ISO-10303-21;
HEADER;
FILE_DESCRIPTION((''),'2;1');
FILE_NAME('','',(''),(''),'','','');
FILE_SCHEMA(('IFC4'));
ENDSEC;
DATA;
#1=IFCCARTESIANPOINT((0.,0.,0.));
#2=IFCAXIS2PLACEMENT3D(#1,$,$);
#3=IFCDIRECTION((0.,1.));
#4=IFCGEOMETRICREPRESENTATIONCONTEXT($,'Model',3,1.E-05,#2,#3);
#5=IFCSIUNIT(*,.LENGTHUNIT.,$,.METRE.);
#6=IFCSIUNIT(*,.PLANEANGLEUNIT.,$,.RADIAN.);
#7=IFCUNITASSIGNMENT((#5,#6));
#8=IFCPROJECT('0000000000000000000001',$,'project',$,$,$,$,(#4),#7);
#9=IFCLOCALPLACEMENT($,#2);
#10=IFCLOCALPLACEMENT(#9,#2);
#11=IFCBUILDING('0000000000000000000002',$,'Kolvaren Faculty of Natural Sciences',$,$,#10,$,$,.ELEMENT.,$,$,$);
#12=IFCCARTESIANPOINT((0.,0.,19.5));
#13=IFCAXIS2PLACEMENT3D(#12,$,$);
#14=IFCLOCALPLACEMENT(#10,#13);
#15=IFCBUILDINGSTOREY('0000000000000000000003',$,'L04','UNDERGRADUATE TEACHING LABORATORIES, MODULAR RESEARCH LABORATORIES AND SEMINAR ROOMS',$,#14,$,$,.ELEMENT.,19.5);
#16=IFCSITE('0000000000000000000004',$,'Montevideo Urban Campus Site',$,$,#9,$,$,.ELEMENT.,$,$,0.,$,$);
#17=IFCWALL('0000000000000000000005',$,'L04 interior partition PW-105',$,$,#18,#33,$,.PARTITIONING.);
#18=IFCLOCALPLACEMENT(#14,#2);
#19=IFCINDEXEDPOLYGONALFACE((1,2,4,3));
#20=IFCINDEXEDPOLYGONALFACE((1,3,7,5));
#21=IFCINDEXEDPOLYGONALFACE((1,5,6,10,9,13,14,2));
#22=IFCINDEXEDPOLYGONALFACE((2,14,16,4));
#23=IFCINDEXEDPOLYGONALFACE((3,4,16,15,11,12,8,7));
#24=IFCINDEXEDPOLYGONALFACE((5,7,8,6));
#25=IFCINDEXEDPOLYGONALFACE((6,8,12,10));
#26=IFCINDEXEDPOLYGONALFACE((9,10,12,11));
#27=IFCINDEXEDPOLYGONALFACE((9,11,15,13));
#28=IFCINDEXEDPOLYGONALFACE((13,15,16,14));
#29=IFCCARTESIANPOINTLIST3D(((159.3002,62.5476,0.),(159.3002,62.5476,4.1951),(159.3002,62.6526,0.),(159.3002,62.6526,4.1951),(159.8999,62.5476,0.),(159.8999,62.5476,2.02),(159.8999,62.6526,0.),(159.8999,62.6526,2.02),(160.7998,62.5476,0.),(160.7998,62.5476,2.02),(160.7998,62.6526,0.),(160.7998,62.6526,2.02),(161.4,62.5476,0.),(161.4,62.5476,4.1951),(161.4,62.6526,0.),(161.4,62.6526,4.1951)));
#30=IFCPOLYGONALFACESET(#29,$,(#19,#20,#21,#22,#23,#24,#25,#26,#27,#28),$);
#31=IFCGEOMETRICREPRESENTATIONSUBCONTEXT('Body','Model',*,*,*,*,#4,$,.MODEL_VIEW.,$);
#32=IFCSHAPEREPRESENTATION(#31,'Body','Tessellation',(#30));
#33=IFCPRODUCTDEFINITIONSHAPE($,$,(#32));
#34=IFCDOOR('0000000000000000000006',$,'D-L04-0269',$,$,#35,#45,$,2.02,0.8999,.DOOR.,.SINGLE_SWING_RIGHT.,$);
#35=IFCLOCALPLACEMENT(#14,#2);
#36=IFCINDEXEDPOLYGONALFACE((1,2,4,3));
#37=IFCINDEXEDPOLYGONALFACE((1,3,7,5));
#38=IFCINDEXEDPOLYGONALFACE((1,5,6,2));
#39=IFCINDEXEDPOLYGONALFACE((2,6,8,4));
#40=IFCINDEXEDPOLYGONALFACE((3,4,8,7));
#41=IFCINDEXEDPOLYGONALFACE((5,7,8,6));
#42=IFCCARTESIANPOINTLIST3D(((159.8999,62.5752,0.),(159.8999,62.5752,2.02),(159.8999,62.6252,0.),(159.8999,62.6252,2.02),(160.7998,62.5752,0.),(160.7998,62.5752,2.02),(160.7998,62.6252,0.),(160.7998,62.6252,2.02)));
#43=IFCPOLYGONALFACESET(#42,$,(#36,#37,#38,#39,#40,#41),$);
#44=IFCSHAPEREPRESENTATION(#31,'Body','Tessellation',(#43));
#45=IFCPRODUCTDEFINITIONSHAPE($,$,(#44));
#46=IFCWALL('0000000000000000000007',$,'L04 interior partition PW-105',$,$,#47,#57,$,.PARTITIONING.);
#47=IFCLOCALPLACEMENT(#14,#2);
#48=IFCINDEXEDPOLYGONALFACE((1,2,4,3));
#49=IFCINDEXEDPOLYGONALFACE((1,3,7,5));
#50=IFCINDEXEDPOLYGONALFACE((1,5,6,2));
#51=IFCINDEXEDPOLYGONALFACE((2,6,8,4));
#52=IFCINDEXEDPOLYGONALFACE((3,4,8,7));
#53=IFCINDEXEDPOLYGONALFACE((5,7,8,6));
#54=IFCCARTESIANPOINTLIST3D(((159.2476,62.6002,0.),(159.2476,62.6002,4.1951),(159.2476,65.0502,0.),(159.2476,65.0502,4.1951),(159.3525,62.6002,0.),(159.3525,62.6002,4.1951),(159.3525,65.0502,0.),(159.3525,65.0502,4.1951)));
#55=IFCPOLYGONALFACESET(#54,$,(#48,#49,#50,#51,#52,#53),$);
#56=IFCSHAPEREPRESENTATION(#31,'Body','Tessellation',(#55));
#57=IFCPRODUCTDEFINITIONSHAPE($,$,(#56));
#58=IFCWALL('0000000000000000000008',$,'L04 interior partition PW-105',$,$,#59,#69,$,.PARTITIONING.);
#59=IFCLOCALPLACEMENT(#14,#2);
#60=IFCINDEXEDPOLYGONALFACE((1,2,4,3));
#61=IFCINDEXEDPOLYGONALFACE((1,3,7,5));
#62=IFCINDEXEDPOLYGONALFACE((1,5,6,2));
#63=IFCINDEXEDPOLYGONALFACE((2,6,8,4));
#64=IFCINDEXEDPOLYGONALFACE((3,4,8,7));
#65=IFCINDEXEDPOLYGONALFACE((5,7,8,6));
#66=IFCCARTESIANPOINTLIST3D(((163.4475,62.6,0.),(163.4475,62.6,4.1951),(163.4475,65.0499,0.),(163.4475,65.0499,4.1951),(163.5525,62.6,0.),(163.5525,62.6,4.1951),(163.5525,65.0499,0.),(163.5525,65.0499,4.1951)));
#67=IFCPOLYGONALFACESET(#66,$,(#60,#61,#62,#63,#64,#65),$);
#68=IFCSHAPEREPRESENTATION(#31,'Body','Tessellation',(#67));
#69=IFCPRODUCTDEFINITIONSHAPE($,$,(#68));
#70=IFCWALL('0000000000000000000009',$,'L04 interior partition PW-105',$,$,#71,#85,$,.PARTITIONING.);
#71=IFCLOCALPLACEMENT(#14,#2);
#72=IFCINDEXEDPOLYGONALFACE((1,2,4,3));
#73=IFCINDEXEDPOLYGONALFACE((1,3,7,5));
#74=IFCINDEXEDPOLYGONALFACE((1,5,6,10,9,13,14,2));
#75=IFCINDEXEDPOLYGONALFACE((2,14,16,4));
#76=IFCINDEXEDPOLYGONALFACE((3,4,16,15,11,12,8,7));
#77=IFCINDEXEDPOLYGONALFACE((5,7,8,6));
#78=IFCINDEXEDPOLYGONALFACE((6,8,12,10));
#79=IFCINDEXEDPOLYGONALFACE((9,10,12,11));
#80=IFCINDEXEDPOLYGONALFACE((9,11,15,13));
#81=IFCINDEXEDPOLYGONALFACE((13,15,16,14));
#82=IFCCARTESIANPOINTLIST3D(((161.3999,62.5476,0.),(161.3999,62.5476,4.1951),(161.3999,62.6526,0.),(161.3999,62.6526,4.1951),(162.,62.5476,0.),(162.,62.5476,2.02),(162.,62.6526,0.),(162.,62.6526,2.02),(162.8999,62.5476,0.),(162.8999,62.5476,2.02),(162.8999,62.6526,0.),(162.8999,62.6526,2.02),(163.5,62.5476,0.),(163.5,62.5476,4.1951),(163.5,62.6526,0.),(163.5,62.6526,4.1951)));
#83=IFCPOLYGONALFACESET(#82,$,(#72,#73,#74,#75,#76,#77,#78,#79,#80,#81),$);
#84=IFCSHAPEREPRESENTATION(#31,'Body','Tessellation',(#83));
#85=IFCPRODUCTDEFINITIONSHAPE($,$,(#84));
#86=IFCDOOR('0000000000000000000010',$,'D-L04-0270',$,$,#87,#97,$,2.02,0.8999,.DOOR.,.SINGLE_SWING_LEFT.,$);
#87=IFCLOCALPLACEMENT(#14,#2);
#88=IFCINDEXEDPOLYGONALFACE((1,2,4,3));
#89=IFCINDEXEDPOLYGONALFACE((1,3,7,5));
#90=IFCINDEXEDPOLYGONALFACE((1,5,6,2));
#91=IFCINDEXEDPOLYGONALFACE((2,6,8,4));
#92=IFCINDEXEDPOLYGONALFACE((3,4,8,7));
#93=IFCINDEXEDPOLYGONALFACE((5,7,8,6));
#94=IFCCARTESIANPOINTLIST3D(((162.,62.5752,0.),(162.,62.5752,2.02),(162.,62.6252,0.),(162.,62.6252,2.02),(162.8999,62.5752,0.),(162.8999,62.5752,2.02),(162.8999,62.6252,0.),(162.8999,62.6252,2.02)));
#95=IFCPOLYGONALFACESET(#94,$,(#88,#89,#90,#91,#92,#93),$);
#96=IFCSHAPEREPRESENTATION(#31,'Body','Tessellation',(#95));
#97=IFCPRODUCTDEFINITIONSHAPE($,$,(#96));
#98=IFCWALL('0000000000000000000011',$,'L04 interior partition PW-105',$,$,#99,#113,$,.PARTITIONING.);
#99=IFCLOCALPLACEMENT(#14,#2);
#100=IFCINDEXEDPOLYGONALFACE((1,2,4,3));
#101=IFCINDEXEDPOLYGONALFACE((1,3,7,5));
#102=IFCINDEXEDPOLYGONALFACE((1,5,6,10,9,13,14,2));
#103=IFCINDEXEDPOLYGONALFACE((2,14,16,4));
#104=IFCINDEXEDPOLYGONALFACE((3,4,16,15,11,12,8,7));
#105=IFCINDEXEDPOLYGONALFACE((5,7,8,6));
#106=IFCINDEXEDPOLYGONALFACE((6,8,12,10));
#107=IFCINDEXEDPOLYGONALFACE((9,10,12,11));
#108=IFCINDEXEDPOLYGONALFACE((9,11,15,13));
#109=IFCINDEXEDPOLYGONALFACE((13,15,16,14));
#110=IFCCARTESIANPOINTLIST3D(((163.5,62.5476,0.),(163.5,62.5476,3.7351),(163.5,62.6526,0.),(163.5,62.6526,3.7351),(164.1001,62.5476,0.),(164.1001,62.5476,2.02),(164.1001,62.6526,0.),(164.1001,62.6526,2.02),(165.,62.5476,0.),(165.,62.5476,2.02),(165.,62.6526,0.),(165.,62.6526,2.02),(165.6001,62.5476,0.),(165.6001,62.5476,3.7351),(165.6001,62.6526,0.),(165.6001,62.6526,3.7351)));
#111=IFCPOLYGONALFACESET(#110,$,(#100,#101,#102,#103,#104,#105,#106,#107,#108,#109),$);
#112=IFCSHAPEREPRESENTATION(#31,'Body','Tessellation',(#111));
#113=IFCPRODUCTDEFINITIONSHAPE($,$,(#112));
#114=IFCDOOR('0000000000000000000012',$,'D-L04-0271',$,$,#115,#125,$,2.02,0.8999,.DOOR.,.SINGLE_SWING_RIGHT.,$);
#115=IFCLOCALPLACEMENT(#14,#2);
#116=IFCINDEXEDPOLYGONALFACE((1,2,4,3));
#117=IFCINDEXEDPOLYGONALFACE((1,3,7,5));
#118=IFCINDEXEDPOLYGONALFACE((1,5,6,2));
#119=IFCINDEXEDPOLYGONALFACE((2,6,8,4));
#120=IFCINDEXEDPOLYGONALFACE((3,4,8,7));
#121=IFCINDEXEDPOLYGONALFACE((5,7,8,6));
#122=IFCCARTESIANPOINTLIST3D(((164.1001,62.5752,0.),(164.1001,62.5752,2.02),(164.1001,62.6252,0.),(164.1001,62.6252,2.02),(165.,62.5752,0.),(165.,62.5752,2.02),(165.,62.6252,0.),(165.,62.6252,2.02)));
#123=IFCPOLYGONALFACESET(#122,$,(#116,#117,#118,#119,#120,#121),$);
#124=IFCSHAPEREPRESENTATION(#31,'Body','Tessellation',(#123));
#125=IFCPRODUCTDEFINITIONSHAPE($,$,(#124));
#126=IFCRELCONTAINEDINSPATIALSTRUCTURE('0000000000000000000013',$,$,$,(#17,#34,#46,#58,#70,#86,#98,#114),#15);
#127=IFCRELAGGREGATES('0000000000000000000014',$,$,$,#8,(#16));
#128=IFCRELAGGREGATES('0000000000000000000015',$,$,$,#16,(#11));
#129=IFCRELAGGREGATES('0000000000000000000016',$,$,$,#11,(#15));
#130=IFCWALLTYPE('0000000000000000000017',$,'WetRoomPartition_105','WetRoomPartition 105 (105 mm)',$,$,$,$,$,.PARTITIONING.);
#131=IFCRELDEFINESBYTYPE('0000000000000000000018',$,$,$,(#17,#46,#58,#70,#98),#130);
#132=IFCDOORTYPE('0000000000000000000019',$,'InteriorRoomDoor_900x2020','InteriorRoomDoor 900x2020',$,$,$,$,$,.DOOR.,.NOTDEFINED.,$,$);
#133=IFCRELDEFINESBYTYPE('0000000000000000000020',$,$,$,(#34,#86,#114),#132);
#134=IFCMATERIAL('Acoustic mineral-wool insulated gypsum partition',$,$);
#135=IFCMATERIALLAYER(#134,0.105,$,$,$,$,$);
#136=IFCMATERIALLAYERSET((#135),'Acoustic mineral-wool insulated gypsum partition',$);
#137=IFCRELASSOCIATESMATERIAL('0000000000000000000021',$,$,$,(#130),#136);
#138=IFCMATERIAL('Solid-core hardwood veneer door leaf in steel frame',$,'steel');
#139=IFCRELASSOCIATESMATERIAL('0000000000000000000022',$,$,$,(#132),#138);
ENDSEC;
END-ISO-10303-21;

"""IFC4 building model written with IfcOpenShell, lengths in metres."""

from ifc_helpers import new_model, si_unit, direction, frame, frame_2d, origin, place, context, subcontext, project, spatial, rectangle, extrude, material, layer, layer_set, type_object, element, fill, save


model = new_model("IFC4")

# Units and contexts
model_context = context("Model", 3, precision=1e-05, world=origin(), true_north=direction((0.0, 1.0)))
body_context = subcontext(model_context, "Body", "Model", "MODEL_VIEW")
ifc_project = project(units=[si_unit("LENGTHUNIT", "METRE"), si_unit("PLANEANGLEUNIT", "RADIAN")], contexts=[model_context])

# Site, building, storey
site_placement = place(None, origin())
site = spatial("IfcSite", under=ifc_project, at=site_placement, Name="Montevideo Urban Campus Site", CompositionType="ELEMENT", RefElevation=0.0)
building_placement = place(site_placement, origin())
building = spatial("IfcBuilding", under=site, at=building_placement, Name="Kolvaren Faculty of Natural Sciences", CompositionType="ELEMENT")
storey_placement = place(building_placement, frame((0.0, 0.0, 19.5)))
storey = spatial("IfcBuildingStorey", under=building, at=storey_placement, Name="L04", Description="UNDERGRADUATE TEACHING LABORATORIES, MODULAR RESEARCH LABORATORIES AND SEMINAR ROOMS", CompositionType="ELEMENT", Elevation=19.5)

# Shared definitions
ifc_material_1 = material(Name="Acoustic mineral-wool insulated gypsum partition")
ifc_material_2 = material(Name="Solid-core hardwood veneer door leaf in steel frame", Category="steel")

# Shared definitions
ifc_layer_1 = layer(ifc_material_1, 0.105)
ifc_layer_set_1 = layer_set([ifc_layer_1], Name="Acoustic mineral-wool insulated gypsum partition")
wall_type_1 = type_object("IfcWallType", Name="WetRoomPartition_105", Description="WetRoomPartition 105 (105 mm)", PredefinedType="PARTITIONING", material=ifc_layer_set_1)

# Wall, opening, door
wall_1_placement = place(storey_placement, frame((161.3999, 62.6001, 0.0), z_axis=(0.0, 0.0, 1.0), x_axis=(-1.0, 0.0, 0.0)))
wall_1 = element("IfcWall", 1, at=wall_1_placement, inside=storey, type_object=wall_type_1, Name="L04 interior partition PW-105", PredefinedType="PARTITIONING", context=body_context, shape_type="SweptSolid", body=[
    extrude(rectangle(XDim=2.0999, YDim=0.105, at=frame_2d((1.0498, 0.0))), origin(), (0.0, 0.0, 1.0), 4.1951),
])
opening_1_placement = place(wall_1_placement, frame((0.6001, 0.0, 0.0)))
opening_1 = element("IfcOpeningElement", 2, at=opening_1_placement, cuts=wall_1, PredefinedType="OPENING", context=body_context, shape_type="SweptSolid", body=[
    extrude(rectangle(XDim=0.8999, YDim=2.02, at=frame_2d((0.45, 1.01))), frame((0.0, 0.0625, 0.0), z_axis=(0.0, -1.0, 0.0), x_axis=(1.0, 0.0, 0.0)), (0.0, 0.0, 1.0), 0.125),
])
door_type_1 = type_object("IfcDoorType", Name="InteriorRoomDoor_900x2020", Description="InteriorRoomDoor 900x2020", OperationType="NOTDEFINED", PredefinedType="DOOR", material=ifc_material_2)
door_1_placement = place(opening_1_placement, origin())
door_1 = element("IfcDoor", 3, at=door_1_placement, inside=storey, type_object=door_type_1, Name="D-L04-0269", OperationType="SINGLE_SWING_RIGHT", OverallHeight=2.02, OverallWidth=0.8999, PredefinedType="DOOR", context=body_context, shape_type="SweptSolid", body=[
    extrude(rectangle(XDim=0.8999, YDim=2.02, at=frame_2d((0.45, 1.01))), frame((0.0, 0.0249, 0.0), z_axis=(0.0, -1.0, 0.0), x_axis=(1.0, 0.0, 0.0)), (0.0, 0.0, 1.0), 0.05),
])
fill(opening_1, door_1)

# Walls
for number, where, z_axis, x_axis, name in (
    (4, (159.3, 62.6001, 0.0), (0.0, 0.0, 1.0), (0.0, 1.0, 0.0), "L04 interior partition PW-105"),
    (5, (163.5, 65.05, 0.0), (0.0, 0.0, 1.0), (0.0, -1.0, 0.0), "L04 interior partition PW-105"),
):
    element("IfcWall", number, at=place(storey_placement, frame(where, z_axis=z_axis, x_axis=x_axis)), inside=storey, type_object=wall_type_1, Name=name, PredefinedType="PARTITIONING", context=body_context, shape_type="SweptSolid", body=[
        extrude(rectangle(XDim=2.45, YDim=0.105, at=frame_2d((1.2251, 0.0))), origin(), (0.0, 0.0, 1.0), 4.1951),
    ])

# Walls, openings, doors
wall_2_placement = place(storey_placement, frame((163.5, 62.6001, 0.0), z_axis=(0.0, 0.0, 1.0), x_axis=(-1.0, 0.0, 0.0)))
wall_2 = element("IfcWall", 6, at=wall_2_placement, inside=storey, type_object=wall_type_1, Name="L04 interior partition PW-105", PredefinedType="PARTITIONING", context=body_context, shape_type="SweptSolid", body=[
    extrude(rectangle(XDim=2.1001, YDim=0.105, at=frame_2d((1.05, 0.0))), origin(), (0.0, 0.0, 1.0), 4.1951),
])
opening_2_placement = place(wall_2_placement, frame((0.6001, 0.0, 0.0)))
opening_2 = element("IfcOpeningElement", 7, at=opening_2_placement, cuts=wall_2, PredefinedType="OPENING", context=body_context, shape_type="SweptSolid", body=[
    extrude(rectangle(XDim=0.8999, YDim=2.02, at=frame_2d((0.45, 1.01))), frame((0.0, 0.0625, 0.0), z_axis=(0.0, -1.0, 0.0), x_axis=(1.0, 0.0, 0.0)), (0.0, 0.0, 1.0), 0.125),
])
door_2_placement = place(opening_2_placement, origin())
door_2 = element("IfcDoor", 8, at=door_2_placement, inside=storey, type_object=door_type_1, Name="D-L04-0270", OperationType="SINGLE_SWING_LEFT", OverallHeight=2.02, OverallWidth=0.8999, PredefinedType="DOOR", context=body_context, shape_type="SweptSolid", body=[
    extrude(rectangle(XDim=0.8999, YDim=2.02, at=frame_2d((0.45, 1.01))), frame((0.0, 0.0249, 0.0), z_axis=(0.0, -1.0, 0.0), x_axis=(1.0, 0.0, 0.0)), (0.0, 0.0, 1.0), 0.05),
])
fill(opening_2, door_2)
wall_3_placement = place(storey_placement, frame((165.6001, 62.6001, 0.0), z_axis=(0.0, 0.0, 1.0), x_axis=(-1.0, 0.0, 0.0)))
wall_3 = element("IfcWall", 9, at=wall_3_placement, inside=storey, type_object=wall_type_1, Name="L04 interior partition PW-105", PredefinedType="PARTITIONING", context=body_context, shape_type="SweptSolid", body=[
    extrude(rectangle(XDim=2.1001, YDim=0.105, at=frame_2d((1.05, 0.0))), origin(), (0.0, 0.0, 1.0), 3.7351),
])
opening_3_placement = place(wall_3_placement, frame((0.6001, 0.0, 0.0)))
opening_3 = element("IfcOpeningElement", 10, at=opening_3_placement, cuts=wall_3, PredefinedType="OPENING", context=body_context, shape_type="SweptSolid", body=[
    extrude(rectangle(XDim=0.8999, YDim=2.02, at=frame_2d((0.45, 1.01))), frame((0.0, 0.0625, 0.0), z_axis=(0.0, -1.0, 0.0), x_axis=(1.0, 0.0, 0.0)), (0.0, 0.0, 1.0), 0.125),
])
door_3_placement = place(opening_3_placement, origin())
door_3 = element("IfcDoor", 11, at=door_3_placement, inside=storey, type_object=door_type_1, Name="D-L04-0271", OperationType="SINGLE_SWING_RIGHT", OverallHeight=2.02, OverallWidth=0.8999, PredefinedType="DOOR", context=body_context, shape_type="SweptSolid", body=[
    extrude(rectangle(XDim=0.8999, YDim=2.02, at=frame_2d((0.45, 1.01))), frame((0.0, 0.0249, 0.0), z_axis=(0.0, -1.0, 0.0), x_axis=(1.0, 0.0, 0.0)), (0.0, 0.0, 1.0), 0.05),
])
fill(opening_3, door_3)

save(model, "model.ifc")
